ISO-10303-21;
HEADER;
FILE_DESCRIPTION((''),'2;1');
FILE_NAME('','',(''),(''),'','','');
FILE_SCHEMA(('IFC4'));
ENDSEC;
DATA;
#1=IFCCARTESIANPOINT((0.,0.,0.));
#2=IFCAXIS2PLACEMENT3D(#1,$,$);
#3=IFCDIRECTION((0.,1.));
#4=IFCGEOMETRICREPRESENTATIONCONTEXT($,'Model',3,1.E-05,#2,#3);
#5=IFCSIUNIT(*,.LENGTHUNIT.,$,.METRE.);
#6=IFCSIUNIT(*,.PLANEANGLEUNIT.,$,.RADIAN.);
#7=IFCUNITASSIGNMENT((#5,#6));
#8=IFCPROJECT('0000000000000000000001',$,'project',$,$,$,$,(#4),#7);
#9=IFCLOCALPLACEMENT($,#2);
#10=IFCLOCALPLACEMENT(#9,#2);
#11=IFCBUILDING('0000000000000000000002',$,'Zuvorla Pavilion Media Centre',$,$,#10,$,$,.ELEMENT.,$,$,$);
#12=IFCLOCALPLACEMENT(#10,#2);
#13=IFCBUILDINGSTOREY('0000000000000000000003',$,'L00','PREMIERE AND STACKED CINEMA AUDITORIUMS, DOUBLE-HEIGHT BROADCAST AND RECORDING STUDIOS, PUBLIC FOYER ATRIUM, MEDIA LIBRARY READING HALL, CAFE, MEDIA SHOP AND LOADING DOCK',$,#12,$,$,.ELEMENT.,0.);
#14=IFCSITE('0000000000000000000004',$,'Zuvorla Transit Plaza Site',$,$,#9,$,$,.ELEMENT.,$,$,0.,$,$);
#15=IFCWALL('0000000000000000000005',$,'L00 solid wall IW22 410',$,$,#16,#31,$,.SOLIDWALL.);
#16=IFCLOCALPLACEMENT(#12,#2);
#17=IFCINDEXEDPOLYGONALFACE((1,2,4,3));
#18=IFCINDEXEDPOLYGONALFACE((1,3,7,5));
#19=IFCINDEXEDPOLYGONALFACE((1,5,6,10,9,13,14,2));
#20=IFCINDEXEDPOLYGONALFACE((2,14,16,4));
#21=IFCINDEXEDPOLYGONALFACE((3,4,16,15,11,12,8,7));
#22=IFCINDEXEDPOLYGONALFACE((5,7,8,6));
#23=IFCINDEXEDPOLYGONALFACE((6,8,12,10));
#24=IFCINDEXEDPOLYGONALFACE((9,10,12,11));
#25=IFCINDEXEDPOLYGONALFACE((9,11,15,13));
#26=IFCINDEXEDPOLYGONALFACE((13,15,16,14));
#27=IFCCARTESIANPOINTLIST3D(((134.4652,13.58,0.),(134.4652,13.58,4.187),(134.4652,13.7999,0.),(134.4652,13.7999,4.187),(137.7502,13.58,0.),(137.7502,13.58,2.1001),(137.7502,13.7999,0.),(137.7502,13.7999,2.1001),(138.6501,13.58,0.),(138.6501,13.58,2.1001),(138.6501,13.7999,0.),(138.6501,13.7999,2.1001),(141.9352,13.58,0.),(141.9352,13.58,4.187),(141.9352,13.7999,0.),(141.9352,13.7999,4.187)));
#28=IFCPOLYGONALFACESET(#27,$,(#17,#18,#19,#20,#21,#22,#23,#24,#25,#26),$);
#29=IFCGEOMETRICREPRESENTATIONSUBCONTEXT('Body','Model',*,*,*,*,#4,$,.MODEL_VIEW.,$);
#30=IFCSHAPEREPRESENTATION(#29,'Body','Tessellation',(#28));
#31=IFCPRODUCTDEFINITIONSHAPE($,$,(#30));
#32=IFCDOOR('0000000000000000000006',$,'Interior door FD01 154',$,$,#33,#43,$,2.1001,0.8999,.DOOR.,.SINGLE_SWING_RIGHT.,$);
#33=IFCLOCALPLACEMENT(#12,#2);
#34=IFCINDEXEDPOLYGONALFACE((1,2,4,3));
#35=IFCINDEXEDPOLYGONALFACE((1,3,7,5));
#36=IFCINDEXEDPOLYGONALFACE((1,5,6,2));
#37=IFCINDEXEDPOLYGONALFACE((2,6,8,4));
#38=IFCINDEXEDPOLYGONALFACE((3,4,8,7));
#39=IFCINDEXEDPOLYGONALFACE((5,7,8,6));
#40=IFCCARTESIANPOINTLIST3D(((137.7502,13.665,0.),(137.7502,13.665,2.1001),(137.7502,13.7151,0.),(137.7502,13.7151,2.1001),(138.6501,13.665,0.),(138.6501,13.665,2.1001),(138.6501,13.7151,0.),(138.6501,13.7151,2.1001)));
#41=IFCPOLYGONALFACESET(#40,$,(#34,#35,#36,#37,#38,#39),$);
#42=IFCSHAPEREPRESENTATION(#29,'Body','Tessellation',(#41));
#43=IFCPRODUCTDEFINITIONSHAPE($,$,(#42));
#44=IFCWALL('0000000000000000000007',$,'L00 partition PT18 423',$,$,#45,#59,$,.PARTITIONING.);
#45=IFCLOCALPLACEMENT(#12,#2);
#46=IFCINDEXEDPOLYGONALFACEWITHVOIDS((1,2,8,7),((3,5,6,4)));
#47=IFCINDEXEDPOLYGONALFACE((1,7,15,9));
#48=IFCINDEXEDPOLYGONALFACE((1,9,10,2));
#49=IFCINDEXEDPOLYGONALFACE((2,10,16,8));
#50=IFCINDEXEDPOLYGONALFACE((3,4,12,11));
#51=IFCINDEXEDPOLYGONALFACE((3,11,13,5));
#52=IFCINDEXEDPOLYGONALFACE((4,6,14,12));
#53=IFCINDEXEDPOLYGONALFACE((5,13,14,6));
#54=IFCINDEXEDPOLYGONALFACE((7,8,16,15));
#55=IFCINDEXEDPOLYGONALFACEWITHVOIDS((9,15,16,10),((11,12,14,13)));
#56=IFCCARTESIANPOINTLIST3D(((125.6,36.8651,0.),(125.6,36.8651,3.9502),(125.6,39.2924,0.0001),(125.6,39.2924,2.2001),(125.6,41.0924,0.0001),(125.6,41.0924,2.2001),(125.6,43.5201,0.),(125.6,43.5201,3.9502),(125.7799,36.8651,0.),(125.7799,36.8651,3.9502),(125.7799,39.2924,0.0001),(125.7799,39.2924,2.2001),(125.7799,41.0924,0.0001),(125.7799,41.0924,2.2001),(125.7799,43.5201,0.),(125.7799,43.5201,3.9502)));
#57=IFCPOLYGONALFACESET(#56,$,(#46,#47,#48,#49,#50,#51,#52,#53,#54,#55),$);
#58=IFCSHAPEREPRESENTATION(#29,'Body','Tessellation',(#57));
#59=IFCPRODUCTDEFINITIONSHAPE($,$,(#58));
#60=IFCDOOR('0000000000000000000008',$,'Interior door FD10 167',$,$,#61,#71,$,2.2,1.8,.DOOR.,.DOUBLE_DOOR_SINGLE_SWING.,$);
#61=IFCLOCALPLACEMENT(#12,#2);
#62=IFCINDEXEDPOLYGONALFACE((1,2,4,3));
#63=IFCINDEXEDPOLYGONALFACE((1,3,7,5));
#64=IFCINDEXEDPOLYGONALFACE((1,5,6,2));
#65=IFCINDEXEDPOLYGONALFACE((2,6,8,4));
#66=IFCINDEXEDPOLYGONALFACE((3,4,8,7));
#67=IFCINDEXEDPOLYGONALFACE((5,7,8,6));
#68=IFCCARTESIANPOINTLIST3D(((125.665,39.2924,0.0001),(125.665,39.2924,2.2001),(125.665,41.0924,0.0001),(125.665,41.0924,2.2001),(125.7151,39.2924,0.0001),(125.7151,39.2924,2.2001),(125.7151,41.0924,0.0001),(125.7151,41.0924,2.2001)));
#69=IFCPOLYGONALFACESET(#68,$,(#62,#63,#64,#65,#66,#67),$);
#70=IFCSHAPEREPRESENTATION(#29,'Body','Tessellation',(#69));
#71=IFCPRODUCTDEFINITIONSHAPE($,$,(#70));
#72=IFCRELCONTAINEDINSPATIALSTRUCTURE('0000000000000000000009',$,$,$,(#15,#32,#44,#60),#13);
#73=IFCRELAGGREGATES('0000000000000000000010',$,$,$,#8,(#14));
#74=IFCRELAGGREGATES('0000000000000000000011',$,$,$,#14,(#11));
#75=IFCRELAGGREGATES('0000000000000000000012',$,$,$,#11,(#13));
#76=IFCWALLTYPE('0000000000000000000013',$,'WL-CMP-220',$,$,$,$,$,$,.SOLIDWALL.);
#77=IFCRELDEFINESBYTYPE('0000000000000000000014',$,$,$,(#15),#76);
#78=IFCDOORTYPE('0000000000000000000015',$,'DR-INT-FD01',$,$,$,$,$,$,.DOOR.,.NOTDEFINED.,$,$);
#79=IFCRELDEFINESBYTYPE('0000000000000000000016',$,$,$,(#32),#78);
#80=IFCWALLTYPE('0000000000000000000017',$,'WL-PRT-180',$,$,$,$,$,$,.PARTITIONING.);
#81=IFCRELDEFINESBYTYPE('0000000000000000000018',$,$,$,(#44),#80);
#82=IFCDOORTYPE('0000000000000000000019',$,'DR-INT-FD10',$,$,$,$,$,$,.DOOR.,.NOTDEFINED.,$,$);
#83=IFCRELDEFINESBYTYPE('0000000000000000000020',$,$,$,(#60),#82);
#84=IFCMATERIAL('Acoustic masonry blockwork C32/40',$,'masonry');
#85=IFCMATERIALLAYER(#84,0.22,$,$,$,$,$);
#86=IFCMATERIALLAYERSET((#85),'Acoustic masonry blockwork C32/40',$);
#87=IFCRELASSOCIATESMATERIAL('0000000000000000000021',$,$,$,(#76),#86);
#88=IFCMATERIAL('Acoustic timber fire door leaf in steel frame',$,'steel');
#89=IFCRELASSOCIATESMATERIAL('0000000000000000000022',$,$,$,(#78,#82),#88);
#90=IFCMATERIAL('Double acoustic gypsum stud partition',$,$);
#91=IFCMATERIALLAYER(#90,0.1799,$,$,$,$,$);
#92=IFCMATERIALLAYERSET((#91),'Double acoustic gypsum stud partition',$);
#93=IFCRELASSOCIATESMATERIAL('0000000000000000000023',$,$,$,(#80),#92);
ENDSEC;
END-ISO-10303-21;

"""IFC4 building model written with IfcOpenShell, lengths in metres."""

from ifc_helpers import new_model, si_unit, direction, frame, frame_2d, origin, place, context, subcontext, project, spatial, rectangle, extrude, material, layer, layer_set, type_object, element, fill, save


model = new_model("IFC4")

# Units and contexts
model_context = context("Model", 3, precision=1e-05, world=origin(), true_north=direction((0.0, 1.0)))
body_context = subcontext(model_context, "Body", "Model", "MODEL_VIEW")
ifc_project = project(units=[si_unit("LENGTHUNIT", "METRE"), si_unit("PLANEANGLEUNIT", "RADIAN")], contexts=[model_context])

# Site, building, storey
site_placement = place(None, origin())
site = spatial("IfcSite", under=ifc_project, at=site_placement, Name="Zuvorla Transit Plaza Site", CompositionType="ELEMENT", RefElevation=0.0)
building_placement = place(site_placement, origin())
building = spatial("IfcBuilding", under=site, at=building_placement, Name="Zuvorla Pavilion Media Centre", CompositionType="ELEMENT")
storey_placement = place(building_placement, origin())
storey = spatial("IfcBuildingStorey", under=building, at=storey_placement, Name="L00", Description="PREMIERE AND STACKED CINEMA AUDITORIUMS, DOUBLE-HEIGHT BROADCAST AND RECORDING STUDIOS, PUBLIC FOYER ATRIUM, MEDIA LIBRARY READING HALL, CAFE, MEDIA SHOP AND LOADING DOCK", CompositionType="ELEMENT", Elevation=0.0)

# Walls, openings, doors
ifc_material_1 = material(Name="Acoustic masonry blockwork C32/40", Category="masonry")
ifc_layer_1 = layer(ifc_material_1, 0.22)
ifc_layer_set_1 = layer_set([ifc_layer_1], Name="Acoustic masonry blockwork C32/40")
wall_type_1 = type_object("IfcWallType", Name="WL-CMP-220", PredefinedType="SOLIDWALL", material=ifc_layer_set_1)
ifc_material_2 = material(Name="Acoustic timber fire door leaf in steel frame", Category="steel")
wall_1_placement = place(storey_placement, frame((141.9351, 13.6899, 0.0), z_axis=(0.0, 0.0, 1.0), x_axis=(-1.0, 0.0, 0.0)))
wall_1 = element("IfcWall", 1, at=wall_1_placement, inside=storey, type_object=wall_type_1, Name="L00 solid wall IW22 410", PredefinedType="SOLIDWALL", context=body_context, shape_type="SweptSolid", body=[
    extrude(rectangle(XDim=7.47, YDim=0.22, at=frame_2d((3.7349, 0.0))), origin(), (0.0, 0.0, 1.0), 4.187),
])
opening_1_placement = place(wall_1_placement, frame((3.2849, 0.0, 0.0)))
opening_1 = element("IfcOpeningElement", 2, at=opening_1_placement, cuts=wall_1, PredefinedType="OPENING", context=body_context, shape_type="SweptSolid", body=[
    extrude(rectangle(XDim=0.8999, YDim=2.1001, at=frame_2d((0.45, 1.05))), frame((0.0, 0.1199, 0.0), z_axis=(0.0, -1.0, 0.0), x_axis=(1.0, 0.0, 0.0)), (0.0, 0.0, 1.0), 0.24),
])
door_type_1 = type_object("IfcDoorType", Name="DR-INT-FD01", OperationType="NOTDEFINED", PredefinedType="DOOR", material=ifc_material_2)
door_1_placement = place(opening_1_placement, origin())
door_1 = element("IfcDoor", 3, at=door_1_placement, inside=storey, type_object=door_type_1, Name="Interior door FD01 154", OperationType="SINGLE_SWING_RIGHT", OverallHeight=2.1001, OverallWidth=0.8999, PredefinedType="DOOR", context=body_context, shape_type="SweptSolid", body=[
    extrude(rectangle(XDim=0.8999, YDim=2.1001, at=frame_2d((0.45, 1.05))), frame((0.0, 0.0249, 0.0), z_axis=(0.0, -1.0, 0.0), x_axis=(1.0, 0.0, 0.0)), (0.0, 0.0, 1.0), 0.05),
])
fill(opening_1, door_1)
ifc_material_3 = material(Name="Double acoustic gypsum stud partition")
ifc_layer_2 = layer(ifc_material_3, 0.1799)
ifc_layer_set_2 = layer_set([ifc_layer_2], Name="Double acoustic gypsum stud partition")
wall_type_2 = type_object("IfcWallType", Name="WL-PRT-180", PredefinedType="PARTITIONING", material=ifc_layer_set_2)
wall_2_placement = place(storey_placement, frame((125.6899, 36.865, 0.0), z_axis=(0.0, 0.0, 1.0), x_axis=(0.0, 1.0, 0.0)))
wall_2 = element("IfcWall", 4, at=wall_2_placement, inside=storey, type_object=wall_type_2, Name="L00 partition PT18 423", PredefinedType="PARTITIONING", context=body_context, shape_type="SweptSolid", body=[
    extrude(rectangle(XDim=6.655, YDim=0.1799, at=frame_2d((3.3276, 0.0))), origin(), (0.0, 0.0, 1.0), 3.9502),
])
opening_2_placement = place(wall_2_placement, frame((2.4275, 0.0, 0.0)))
opening_2 = element("IfcOpeningElement", 5, at=opening_2_placement, cuts=wall_2, PredefinedType="OPENING", context=body_context, shape_type="SweptSolid", body=[
    extrude(rectangle(XDim=1.8, YDim=2.2, at=frame_2d((0.8999, 1.1001))), frame((0.0, 0.0999, 0.0), z_axis=(0.0, -1.0, 0.0), x_axis=(1.0, 0.0, 0.0)), (0.0, 0.0, 1.0), 0.2),
])
door_type_2 = type_object("IfcDoorType", Name="DR-INT-FD10", OperationType="NOTDEFINED", PredefinedType="DOOR", material=ifc_material_2)
door_2_placement = place(opening_2_placement, origin())
door_2 = element("IfcDoor", 6, at=door_2_placement, inside=storey, type_object=door_type_2, Name="Interior door FD10 167", OperationType="DOUBLE_DOOR_SINGLE_SWING", OverallHeight=2.2, OverallWidth=1.8, PredefinedType="DOOR", context=body_context, shape_type="SweptSolid", body=[
    extrude(rectangle(XDim=1.8, YDim=2.2, at=frame_2d((0.8999, 1.1001))), frame((0.0, 0.0249, 0.0), z_axis=(0.0, -1.0, 0.0), x_axis=(1.0, 0.0, 0.0)), (0.0, 0.0, 1.0), 0.05),
])
fill(opening_2, door_2)

save(model, "model.ifc")
